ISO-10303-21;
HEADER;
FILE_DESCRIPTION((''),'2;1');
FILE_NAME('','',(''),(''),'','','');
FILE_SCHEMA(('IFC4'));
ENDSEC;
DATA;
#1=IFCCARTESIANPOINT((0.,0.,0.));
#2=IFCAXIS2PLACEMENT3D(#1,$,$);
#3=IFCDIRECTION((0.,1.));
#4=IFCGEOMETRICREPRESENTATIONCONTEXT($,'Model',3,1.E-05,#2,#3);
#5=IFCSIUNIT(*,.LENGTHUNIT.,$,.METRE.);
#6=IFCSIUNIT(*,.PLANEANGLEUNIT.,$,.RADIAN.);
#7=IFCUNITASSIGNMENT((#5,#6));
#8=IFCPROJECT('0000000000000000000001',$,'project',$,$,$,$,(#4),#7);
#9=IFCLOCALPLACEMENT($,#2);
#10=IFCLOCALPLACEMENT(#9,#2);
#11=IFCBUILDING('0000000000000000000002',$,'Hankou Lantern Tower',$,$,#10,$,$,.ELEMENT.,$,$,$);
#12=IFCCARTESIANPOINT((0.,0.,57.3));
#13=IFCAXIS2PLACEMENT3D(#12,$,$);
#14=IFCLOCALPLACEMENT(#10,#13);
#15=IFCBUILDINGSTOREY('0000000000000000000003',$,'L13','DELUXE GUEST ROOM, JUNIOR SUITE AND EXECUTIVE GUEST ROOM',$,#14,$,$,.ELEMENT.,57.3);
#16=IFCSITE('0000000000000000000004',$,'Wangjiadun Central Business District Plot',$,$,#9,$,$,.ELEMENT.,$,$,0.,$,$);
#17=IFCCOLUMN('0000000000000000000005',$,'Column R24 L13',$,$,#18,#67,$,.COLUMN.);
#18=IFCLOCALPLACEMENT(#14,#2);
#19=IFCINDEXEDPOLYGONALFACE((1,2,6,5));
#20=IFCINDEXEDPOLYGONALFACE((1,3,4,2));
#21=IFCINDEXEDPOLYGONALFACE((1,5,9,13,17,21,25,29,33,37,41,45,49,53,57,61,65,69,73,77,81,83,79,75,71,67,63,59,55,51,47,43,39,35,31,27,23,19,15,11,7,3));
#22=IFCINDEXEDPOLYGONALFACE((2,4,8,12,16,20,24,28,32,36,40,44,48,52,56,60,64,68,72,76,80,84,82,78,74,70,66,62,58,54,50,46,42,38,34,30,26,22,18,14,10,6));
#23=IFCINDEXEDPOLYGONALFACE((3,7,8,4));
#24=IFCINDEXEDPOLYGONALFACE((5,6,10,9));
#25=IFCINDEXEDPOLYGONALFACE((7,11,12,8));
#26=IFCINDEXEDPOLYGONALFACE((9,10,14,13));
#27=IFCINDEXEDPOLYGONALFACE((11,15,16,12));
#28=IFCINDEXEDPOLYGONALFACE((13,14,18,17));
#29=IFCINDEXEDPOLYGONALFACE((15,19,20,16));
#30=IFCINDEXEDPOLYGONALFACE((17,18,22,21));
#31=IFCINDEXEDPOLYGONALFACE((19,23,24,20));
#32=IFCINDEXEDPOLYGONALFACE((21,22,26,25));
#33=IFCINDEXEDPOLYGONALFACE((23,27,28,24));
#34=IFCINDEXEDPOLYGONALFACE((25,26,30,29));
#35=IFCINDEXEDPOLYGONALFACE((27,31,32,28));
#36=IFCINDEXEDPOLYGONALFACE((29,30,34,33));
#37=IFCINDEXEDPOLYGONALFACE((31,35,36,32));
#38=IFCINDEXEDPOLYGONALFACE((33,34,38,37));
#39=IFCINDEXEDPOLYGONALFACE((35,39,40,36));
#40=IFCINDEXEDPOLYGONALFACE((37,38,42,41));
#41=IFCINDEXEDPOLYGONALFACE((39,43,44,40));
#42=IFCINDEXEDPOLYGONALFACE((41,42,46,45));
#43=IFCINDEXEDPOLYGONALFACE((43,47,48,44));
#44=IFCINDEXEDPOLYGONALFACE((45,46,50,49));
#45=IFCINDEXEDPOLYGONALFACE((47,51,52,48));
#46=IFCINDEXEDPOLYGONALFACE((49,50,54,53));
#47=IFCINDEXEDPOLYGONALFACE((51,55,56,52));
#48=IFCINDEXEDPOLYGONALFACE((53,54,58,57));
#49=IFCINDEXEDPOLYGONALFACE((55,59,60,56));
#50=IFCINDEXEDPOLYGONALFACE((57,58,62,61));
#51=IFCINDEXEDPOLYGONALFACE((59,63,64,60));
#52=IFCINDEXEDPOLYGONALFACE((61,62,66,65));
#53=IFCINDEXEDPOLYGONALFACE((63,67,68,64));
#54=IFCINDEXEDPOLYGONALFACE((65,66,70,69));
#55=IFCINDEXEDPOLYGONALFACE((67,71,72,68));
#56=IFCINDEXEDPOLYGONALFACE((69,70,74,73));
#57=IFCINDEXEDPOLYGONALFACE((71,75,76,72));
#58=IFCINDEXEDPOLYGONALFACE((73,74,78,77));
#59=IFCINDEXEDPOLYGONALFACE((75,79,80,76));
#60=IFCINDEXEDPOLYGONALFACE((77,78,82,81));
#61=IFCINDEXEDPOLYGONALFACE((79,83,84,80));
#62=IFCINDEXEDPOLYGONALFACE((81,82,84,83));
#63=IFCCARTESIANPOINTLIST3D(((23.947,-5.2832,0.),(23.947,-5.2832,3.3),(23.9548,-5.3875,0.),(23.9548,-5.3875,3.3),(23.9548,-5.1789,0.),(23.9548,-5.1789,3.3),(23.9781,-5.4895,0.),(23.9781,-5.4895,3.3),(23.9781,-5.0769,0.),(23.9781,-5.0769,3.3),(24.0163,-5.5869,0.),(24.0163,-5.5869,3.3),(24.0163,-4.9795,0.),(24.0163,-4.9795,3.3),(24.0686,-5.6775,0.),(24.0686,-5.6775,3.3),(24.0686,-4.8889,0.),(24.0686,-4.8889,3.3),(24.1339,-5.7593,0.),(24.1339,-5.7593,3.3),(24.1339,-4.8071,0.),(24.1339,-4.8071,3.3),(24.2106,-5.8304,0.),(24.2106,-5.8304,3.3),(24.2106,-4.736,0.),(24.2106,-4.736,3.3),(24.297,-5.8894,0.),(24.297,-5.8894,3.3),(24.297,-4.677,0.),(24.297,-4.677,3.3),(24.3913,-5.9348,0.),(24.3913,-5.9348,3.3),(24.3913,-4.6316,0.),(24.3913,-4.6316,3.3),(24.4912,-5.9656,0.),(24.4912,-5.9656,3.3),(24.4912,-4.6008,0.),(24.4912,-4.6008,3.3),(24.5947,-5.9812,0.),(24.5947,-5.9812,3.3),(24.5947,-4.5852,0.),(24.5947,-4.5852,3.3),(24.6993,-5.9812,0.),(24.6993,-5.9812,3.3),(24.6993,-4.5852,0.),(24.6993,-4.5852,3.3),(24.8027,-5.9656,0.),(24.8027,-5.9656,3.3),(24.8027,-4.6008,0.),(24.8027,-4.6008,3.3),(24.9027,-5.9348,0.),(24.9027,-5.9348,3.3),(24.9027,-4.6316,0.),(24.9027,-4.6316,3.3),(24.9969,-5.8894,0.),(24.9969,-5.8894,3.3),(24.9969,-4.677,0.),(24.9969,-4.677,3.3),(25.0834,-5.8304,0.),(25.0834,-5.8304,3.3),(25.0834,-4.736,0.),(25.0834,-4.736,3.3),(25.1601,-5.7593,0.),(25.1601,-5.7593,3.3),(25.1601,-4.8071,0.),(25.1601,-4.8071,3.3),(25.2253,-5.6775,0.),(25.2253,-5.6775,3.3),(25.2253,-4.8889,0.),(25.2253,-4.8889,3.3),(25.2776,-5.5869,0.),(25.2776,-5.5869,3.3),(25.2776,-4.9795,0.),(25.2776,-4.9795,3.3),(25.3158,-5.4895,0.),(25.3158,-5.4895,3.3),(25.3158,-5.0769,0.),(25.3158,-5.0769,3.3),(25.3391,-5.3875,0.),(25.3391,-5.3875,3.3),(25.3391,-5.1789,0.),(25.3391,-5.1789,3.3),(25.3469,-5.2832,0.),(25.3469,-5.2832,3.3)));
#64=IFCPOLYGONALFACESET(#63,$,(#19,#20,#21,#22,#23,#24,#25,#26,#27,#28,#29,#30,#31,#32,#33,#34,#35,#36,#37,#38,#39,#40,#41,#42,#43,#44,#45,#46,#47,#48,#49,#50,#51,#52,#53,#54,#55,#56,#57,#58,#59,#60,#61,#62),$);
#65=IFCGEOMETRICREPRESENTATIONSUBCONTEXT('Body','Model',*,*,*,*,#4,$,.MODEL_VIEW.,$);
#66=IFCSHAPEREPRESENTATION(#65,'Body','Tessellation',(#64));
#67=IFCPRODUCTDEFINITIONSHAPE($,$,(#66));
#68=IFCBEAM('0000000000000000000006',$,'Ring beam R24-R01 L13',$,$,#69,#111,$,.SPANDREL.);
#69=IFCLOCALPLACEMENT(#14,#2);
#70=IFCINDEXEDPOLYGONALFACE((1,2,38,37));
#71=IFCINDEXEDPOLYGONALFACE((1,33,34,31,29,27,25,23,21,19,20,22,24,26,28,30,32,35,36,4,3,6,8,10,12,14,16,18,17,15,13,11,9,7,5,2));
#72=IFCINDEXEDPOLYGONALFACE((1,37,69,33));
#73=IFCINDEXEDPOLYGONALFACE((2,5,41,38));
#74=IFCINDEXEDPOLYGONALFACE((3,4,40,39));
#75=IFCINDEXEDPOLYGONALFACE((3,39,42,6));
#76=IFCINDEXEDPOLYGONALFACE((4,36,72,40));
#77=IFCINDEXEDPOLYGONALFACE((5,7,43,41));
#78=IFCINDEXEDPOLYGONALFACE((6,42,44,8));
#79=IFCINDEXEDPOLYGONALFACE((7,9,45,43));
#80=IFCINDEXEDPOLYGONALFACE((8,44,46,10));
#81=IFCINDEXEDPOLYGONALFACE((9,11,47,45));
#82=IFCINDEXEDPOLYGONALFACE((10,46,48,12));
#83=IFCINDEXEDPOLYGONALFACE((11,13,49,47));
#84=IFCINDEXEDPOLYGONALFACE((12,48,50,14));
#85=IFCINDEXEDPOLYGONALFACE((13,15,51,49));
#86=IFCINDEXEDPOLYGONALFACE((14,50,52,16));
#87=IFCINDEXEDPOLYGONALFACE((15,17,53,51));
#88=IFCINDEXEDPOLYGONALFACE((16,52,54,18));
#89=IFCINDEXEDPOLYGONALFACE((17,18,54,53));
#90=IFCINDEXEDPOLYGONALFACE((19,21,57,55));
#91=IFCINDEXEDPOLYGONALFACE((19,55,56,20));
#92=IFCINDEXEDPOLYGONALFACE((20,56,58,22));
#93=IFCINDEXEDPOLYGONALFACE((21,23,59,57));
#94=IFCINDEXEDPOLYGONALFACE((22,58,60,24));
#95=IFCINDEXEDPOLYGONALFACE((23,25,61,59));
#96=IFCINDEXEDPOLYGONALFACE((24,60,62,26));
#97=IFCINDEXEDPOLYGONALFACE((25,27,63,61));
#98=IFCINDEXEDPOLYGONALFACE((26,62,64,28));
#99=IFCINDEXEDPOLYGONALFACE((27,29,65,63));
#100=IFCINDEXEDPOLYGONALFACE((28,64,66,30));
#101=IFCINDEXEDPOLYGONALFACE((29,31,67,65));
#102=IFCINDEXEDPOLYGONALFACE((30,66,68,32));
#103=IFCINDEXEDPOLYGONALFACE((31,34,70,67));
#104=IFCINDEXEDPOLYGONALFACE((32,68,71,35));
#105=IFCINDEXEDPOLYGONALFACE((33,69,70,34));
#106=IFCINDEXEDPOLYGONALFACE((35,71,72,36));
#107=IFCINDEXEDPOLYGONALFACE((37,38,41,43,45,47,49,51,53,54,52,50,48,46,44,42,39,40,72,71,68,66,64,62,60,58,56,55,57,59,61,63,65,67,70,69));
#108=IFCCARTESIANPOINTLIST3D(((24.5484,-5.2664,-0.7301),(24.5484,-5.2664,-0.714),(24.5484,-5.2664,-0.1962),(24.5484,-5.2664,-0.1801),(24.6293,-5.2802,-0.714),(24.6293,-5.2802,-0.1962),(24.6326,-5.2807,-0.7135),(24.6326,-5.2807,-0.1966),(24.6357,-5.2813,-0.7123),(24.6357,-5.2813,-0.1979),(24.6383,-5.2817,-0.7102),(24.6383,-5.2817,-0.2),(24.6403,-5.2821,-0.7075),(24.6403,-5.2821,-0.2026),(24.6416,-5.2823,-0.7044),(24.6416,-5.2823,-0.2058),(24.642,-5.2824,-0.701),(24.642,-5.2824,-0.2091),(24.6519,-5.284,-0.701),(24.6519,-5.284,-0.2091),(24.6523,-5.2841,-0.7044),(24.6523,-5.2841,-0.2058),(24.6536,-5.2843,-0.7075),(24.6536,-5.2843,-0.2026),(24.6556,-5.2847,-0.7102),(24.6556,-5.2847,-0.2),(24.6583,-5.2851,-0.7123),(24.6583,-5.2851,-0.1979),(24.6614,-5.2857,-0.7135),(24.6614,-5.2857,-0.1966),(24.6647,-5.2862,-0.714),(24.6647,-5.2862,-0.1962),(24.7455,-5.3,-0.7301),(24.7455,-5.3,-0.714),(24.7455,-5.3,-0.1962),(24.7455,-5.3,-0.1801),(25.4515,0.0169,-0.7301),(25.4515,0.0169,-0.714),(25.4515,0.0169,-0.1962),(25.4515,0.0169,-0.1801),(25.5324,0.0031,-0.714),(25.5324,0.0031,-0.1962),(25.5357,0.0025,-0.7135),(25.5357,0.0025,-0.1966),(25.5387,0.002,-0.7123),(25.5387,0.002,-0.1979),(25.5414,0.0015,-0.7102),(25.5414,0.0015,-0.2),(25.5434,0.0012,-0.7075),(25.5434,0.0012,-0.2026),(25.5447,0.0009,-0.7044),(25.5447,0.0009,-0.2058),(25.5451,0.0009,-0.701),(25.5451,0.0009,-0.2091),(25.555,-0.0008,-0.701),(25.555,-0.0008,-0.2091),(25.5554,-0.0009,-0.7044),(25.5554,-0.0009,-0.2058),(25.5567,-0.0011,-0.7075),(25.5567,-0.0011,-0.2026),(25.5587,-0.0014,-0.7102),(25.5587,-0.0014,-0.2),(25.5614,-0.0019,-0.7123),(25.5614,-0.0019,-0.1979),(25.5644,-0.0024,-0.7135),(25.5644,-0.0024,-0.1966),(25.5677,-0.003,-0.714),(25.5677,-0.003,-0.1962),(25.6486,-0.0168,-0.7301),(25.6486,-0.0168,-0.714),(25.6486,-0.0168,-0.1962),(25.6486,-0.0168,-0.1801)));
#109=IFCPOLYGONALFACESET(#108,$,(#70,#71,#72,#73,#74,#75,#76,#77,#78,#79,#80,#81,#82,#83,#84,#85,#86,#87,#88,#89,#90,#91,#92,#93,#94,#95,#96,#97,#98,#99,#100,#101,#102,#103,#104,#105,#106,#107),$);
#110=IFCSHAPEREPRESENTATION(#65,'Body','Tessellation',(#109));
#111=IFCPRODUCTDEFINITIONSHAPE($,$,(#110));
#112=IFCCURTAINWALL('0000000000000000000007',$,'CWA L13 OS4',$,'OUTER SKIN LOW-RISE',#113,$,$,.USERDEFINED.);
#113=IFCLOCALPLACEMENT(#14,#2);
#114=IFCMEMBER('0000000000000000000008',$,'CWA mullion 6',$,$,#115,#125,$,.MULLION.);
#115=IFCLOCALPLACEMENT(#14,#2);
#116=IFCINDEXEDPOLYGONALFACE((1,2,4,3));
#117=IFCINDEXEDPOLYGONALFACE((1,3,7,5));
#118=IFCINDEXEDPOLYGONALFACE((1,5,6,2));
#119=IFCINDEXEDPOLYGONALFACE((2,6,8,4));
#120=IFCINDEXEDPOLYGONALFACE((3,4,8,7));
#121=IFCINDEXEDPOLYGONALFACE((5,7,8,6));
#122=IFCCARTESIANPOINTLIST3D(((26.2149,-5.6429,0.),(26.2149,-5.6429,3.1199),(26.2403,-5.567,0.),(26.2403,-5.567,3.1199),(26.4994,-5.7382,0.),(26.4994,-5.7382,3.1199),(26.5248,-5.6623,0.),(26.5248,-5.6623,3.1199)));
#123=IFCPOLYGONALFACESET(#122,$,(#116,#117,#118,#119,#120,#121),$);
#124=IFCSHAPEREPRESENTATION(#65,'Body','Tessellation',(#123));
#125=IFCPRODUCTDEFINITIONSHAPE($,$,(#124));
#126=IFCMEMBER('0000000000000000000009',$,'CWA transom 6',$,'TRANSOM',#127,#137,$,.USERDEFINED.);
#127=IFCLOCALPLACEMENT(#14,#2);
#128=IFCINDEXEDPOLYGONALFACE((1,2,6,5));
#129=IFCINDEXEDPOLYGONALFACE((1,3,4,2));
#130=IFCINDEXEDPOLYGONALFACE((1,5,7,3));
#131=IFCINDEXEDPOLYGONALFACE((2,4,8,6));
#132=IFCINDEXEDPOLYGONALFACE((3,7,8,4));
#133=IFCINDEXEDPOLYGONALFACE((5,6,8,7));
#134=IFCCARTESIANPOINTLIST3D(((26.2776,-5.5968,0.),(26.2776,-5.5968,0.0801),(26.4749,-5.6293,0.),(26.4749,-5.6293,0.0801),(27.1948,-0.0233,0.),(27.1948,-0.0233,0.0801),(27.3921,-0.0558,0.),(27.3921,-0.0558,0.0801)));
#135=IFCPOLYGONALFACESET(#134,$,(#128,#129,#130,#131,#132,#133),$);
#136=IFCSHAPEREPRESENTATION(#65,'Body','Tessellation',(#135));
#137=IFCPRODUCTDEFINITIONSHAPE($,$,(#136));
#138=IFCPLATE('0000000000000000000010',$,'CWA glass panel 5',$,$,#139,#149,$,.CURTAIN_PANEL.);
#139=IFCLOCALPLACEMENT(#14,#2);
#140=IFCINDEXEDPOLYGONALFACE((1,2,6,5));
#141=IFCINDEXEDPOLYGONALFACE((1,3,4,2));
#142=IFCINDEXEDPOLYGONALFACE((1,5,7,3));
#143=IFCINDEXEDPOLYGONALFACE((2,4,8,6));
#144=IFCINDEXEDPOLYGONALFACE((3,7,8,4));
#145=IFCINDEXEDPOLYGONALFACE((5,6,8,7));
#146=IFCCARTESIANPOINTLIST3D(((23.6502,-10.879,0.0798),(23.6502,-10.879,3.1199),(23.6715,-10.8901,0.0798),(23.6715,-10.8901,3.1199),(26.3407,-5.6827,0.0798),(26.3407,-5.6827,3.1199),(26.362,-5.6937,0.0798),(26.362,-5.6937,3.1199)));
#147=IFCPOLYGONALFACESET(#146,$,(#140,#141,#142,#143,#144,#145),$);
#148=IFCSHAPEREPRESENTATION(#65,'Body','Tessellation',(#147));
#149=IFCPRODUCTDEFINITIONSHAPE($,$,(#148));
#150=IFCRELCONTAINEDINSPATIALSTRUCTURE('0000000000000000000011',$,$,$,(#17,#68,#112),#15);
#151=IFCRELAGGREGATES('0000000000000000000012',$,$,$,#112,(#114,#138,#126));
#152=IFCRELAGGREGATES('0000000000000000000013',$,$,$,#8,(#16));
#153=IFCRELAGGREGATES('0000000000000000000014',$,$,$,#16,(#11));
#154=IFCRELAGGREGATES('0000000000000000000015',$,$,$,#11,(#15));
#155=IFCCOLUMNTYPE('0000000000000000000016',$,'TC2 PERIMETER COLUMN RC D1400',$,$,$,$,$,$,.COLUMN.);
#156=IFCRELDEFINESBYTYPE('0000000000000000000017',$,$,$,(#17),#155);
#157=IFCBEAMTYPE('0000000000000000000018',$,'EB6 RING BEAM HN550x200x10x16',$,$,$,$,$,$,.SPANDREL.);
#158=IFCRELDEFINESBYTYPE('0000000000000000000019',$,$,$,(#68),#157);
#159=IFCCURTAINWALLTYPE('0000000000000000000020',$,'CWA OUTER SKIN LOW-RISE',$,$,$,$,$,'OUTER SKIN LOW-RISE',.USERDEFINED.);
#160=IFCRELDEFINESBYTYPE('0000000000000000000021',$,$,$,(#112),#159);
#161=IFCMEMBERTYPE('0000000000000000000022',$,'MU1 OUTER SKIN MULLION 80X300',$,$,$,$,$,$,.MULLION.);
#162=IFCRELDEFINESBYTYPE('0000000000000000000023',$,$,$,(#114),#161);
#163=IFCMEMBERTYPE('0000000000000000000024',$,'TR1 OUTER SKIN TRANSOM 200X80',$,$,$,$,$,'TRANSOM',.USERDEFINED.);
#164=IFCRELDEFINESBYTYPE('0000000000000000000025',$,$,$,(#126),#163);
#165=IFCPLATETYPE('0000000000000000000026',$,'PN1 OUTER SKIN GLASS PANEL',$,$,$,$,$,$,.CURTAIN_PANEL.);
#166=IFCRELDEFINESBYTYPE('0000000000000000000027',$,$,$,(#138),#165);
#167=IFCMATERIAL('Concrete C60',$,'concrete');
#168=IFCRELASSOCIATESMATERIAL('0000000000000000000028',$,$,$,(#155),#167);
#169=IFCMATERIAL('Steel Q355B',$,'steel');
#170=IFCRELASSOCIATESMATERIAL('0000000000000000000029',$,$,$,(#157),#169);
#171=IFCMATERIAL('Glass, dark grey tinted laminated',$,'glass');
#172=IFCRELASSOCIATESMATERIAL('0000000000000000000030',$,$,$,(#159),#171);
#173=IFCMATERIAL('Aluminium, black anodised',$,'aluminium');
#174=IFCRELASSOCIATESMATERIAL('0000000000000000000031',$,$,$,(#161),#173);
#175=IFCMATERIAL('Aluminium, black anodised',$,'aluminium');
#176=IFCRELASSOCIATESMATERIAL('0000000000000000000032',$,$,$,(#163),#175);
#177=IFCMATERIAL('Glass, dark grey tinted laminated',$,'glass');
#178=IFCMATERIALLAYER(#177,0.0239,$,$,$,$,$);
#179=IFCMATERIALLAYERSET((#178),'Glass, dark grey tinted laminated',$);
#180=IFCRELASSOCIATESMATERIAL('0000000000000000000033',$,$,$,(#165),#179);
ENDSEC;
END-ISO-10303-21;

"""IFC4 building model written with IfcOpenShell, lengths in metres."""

from ifc_helpers import new_model, si_unit, direction, frame, origin, origin_2d, place, context, subcontext, project, spatial, rectangle, circle, i_section, extrude, material, layer, layer_set, material_profile, profile_set, type_object, element, aggregate, save


model = new_model("IFC4")

# Units and contexts
model_context = context("Model", 3, precision=1e-05, world=origin(), true_north=direction((0.0, 1.0)))
body_context = subcontext(model_context, "Body", "Model", "MODEL_VIEW")
ifc_project = project(units=[si_unit("LENGTHUNIT", "METRE"), si_unit("PLANEANGLEUNIT", "RADIAN")], contexts=[model_context])

# Site, building, storey
site_placement = place(None, origin())
site = spatial("IfcSite", under=ifc_project, at=site_placement, Name="Wangjiadun Central Business District Plot", CompositionType="ELEMENT", RefElevation=0.0)
building_placement = place(site_placement, origin())
building = spatial("IfcBuilding", under=site, at=building_placement, Name="Hankou Lantern Tower", CompositionType="ELEMENT")
storey_placement = place(building_placement, frame((0.0, 0.0, 57.3)))
storey = spatial("IfcBuildingStorey", under=building, at=storey_placement, Name="L13", Description="DELUXE GUEST ROOM, JUNIOR SUITE AND EXECUTIVE GUEST ROOM", CompositionType="ELEMENT", Elevation=57.3)

# Column
ifc_material_1 = material(Name="Concrete C60", Category="concrete")
ifc_material_profile_1 = material_profile(ifc_material_1, circle(Radius=0.7, at=origin_2d()), Name="RC D1400")
ifc_profile_set_1 = profile_set([ifc_material_profile_1], Name="Concrete C60")
column_type = type_object("IfcColumnType", Name="TC2 PERIMETER COLUMN RC D1400", PredefinedType="COLUMN", material=ifc_profile_set_1)
column_placement = place(storey_placement, frame((24.647, -5.2832, 0.0), z_axis=(0.0, 0.0, 1.0), x_axis=(1.0, 0.0, 0.0)))
element("IfcColumn", 1, at=column_placement, inside=storey, type_object=column_type, Name="Column R24 L13", PredefinedType="COLUMN", context=body_context, shape_type="SweptSolid", body=[
    extrude(circle(Radius=0.7, at=origin_2d()), origin(), (0.0, 0.0, 1.0), 3.3),
])

# Beam
ifc_material_2 = material(Name="Steel Q355B", Category="steel")
ifc_material_profile_2 = material_profile(ifc_material_2, i_section(OverallWidth=0.2, OverallDepth=0.55, WebThickness=0.01, FlangeThickness=0.0161, FilletRadius=0.0129, at=origin_2d()), Name="HN550x200x10x16")
ifc_profile_set_2 = profile_set([ifc_material_profile_2], Name="Steel Q355B")
beam_type = type_object("IfcBeamType", Name="EB6 RING BEAM HN550x200x10x16", PredefinedType="SPANDREL", material=ifc_profile_set_2)
beam_placement = place(storey_placement, frame((24.647, -5.2832, -0.4551), z_axis=(0.16849, 0.985703, 0.0), x_axis=(-0.985703, 0.16849, 0.0)))
element("IfcBeam", 2, at=beam_placement, inside=storey, type_object=beam_type, Name="Ring beam R24-R01 L13", PredefinedType="SPANDREL", context=body_context, shape_type="SweptSolid", body=[
    extrude(i_section(OverallWidth=0.2, OverallDepth=0.55, WebThickness=0.01, FlangeThickness=0.0161, FilletRadius=0.0129, at=origin_2d()), origin(), (0.0, 0.0, 1.0), 5.3599),
])

# Curtain wall, members, plate
ifc_material_3 = material(Name="Glass, dark grey tinted laminated", Category="glass")
curtain_wall_type = type_object("IfcCurtainWallType", Name="CWA OUTER SKIN LOW-RISE", ElementType="OUTER SKIN LOW-RISE", PredefinedType="USERDEFINED", material=ifc_material_3)
curtain_wall_placement = place(storey_placement, origin())
curtain_wall = element("IfcCurtainWall", 3, at=curtain_wall_placement, inside=storey, type_object=curtain_wall_type, Name="CWA L13 OS4", ObjectType="OUTER SKIN LOW-RISE", PredefinedType="USERDEFINED")
ifc_material_4 = material(Name="Aluminium, black anodised", Category="aluminium")
ifc_material_profile_3 = material_profile(ifc_material_4, rectangle(XDim=0.0801, YDim=0.3, at=origin_2d()), Name="MU1 80X300")
ifc_profile_set_3 = profile_set([ifc_material_profile_3], Name="Aluminium, black anodised")
member_type_1 = type_object("IfcMemberType", Name="MU1 OUTER SKIN MULLION 80X300", PredefinedType="MULLION", material=ifc_profile_set_3)
member_1_placement = place(storey_placement, frame((26.3699, -5.6526, 0.0), z_axis=(0.0, 0.0, 1.0), x_axis=(0.317596, 0.948226, 0.0)))
member_1 = element("IfcMember", 4, at=member_1_placement, type_object=member_type_1, Name="CWA mullion 6", PredefinedType="MULLION", context=body_context, shape_type="SweptSolid", body=[
    extrude(rectangle(XDim=0.0801, YDim=0.3, at=origin_2d()), origin(), (0.0, 0.0, 1.0), 3.1199),
])
ifc_material_5 = material(Name="Aluminium, black anodised", Category="aluminium")
ifc_material_profile_4 = material_profile(ifc_material_5, rectangle(XDim=0.2, YDim=0.0801, at=origin_2d()), Name="TR1 200X80")
ifc_profile_set_4 = profile_set([ifc_material_profile_4], Name="Aluminium, black anodised")
member_type_2 = type_object("IfcMemberType", Name="TR1 OUTER SKIN TRANSOM 200X80", ElementType="TRANSOM", PredefinedType="USERDEFINED", material=ifc_profile_set_4)
member_2_placement = place(storey_placement, frame((26.3762, -5.613, 0.04), z_axis=(0.162387, 0.986727, 0.0), x_axis=(-0.986727, 0.162387, 0.0)))
member_2 = element("IfcMember", 5, at=member_2_placement, type_object=member_type_2, Name="CWA transom 6", ObjectType="TRANSOM", PredefinedType="USERDEFINED", context=body_context, shape_type="SweptSolid", body=[
    extrude(rectangle(XDim=0.2, YDim=0.0801, at=origin_2d()), origin(), (0.0, 0.0, 1.0), 5.6484),
])
ifc_material_6 = material(Name="Glass, dark grey tinted laminated", Category="glass")
ifc_layer_1 = layer(ifc_material_6, 0.0239)
ifc_layer_set_1 = layer_set([ifc_layer_1], Name="Glass, dark grey tinted laminated")
plate_type = type_object("IfcPlateType", Name="PN1 OUTER SKIN GLASS PANEL", PredefinedType="CURTAIN_PANEL", material=ifc_layer_set_1)
plate_placement = place(storey_placement, frame((25.0061, -8.2864, 0.0798), z_axis=(0.0, 0.0, 1.0), x_axis=(0.459791, 0.888027, 0.0)))
plate = element("IfcPlate", 6, at=plate_placement, type_object=plate_type, Name="CWA glass panel 5", PredefinedType="CURTAIN_PANEL", context=body_context, shape_type="SweptSolid", body=[
    extrude(rectangle(XDim=5.8516, YDim=0.0239, at=origin_2d()), origin(), (0.0, 0.0, 1.0), 3.04),
])
aggregate(curtain_wall, [member_1, plate, member_2])

save(model, "model.ifc")
